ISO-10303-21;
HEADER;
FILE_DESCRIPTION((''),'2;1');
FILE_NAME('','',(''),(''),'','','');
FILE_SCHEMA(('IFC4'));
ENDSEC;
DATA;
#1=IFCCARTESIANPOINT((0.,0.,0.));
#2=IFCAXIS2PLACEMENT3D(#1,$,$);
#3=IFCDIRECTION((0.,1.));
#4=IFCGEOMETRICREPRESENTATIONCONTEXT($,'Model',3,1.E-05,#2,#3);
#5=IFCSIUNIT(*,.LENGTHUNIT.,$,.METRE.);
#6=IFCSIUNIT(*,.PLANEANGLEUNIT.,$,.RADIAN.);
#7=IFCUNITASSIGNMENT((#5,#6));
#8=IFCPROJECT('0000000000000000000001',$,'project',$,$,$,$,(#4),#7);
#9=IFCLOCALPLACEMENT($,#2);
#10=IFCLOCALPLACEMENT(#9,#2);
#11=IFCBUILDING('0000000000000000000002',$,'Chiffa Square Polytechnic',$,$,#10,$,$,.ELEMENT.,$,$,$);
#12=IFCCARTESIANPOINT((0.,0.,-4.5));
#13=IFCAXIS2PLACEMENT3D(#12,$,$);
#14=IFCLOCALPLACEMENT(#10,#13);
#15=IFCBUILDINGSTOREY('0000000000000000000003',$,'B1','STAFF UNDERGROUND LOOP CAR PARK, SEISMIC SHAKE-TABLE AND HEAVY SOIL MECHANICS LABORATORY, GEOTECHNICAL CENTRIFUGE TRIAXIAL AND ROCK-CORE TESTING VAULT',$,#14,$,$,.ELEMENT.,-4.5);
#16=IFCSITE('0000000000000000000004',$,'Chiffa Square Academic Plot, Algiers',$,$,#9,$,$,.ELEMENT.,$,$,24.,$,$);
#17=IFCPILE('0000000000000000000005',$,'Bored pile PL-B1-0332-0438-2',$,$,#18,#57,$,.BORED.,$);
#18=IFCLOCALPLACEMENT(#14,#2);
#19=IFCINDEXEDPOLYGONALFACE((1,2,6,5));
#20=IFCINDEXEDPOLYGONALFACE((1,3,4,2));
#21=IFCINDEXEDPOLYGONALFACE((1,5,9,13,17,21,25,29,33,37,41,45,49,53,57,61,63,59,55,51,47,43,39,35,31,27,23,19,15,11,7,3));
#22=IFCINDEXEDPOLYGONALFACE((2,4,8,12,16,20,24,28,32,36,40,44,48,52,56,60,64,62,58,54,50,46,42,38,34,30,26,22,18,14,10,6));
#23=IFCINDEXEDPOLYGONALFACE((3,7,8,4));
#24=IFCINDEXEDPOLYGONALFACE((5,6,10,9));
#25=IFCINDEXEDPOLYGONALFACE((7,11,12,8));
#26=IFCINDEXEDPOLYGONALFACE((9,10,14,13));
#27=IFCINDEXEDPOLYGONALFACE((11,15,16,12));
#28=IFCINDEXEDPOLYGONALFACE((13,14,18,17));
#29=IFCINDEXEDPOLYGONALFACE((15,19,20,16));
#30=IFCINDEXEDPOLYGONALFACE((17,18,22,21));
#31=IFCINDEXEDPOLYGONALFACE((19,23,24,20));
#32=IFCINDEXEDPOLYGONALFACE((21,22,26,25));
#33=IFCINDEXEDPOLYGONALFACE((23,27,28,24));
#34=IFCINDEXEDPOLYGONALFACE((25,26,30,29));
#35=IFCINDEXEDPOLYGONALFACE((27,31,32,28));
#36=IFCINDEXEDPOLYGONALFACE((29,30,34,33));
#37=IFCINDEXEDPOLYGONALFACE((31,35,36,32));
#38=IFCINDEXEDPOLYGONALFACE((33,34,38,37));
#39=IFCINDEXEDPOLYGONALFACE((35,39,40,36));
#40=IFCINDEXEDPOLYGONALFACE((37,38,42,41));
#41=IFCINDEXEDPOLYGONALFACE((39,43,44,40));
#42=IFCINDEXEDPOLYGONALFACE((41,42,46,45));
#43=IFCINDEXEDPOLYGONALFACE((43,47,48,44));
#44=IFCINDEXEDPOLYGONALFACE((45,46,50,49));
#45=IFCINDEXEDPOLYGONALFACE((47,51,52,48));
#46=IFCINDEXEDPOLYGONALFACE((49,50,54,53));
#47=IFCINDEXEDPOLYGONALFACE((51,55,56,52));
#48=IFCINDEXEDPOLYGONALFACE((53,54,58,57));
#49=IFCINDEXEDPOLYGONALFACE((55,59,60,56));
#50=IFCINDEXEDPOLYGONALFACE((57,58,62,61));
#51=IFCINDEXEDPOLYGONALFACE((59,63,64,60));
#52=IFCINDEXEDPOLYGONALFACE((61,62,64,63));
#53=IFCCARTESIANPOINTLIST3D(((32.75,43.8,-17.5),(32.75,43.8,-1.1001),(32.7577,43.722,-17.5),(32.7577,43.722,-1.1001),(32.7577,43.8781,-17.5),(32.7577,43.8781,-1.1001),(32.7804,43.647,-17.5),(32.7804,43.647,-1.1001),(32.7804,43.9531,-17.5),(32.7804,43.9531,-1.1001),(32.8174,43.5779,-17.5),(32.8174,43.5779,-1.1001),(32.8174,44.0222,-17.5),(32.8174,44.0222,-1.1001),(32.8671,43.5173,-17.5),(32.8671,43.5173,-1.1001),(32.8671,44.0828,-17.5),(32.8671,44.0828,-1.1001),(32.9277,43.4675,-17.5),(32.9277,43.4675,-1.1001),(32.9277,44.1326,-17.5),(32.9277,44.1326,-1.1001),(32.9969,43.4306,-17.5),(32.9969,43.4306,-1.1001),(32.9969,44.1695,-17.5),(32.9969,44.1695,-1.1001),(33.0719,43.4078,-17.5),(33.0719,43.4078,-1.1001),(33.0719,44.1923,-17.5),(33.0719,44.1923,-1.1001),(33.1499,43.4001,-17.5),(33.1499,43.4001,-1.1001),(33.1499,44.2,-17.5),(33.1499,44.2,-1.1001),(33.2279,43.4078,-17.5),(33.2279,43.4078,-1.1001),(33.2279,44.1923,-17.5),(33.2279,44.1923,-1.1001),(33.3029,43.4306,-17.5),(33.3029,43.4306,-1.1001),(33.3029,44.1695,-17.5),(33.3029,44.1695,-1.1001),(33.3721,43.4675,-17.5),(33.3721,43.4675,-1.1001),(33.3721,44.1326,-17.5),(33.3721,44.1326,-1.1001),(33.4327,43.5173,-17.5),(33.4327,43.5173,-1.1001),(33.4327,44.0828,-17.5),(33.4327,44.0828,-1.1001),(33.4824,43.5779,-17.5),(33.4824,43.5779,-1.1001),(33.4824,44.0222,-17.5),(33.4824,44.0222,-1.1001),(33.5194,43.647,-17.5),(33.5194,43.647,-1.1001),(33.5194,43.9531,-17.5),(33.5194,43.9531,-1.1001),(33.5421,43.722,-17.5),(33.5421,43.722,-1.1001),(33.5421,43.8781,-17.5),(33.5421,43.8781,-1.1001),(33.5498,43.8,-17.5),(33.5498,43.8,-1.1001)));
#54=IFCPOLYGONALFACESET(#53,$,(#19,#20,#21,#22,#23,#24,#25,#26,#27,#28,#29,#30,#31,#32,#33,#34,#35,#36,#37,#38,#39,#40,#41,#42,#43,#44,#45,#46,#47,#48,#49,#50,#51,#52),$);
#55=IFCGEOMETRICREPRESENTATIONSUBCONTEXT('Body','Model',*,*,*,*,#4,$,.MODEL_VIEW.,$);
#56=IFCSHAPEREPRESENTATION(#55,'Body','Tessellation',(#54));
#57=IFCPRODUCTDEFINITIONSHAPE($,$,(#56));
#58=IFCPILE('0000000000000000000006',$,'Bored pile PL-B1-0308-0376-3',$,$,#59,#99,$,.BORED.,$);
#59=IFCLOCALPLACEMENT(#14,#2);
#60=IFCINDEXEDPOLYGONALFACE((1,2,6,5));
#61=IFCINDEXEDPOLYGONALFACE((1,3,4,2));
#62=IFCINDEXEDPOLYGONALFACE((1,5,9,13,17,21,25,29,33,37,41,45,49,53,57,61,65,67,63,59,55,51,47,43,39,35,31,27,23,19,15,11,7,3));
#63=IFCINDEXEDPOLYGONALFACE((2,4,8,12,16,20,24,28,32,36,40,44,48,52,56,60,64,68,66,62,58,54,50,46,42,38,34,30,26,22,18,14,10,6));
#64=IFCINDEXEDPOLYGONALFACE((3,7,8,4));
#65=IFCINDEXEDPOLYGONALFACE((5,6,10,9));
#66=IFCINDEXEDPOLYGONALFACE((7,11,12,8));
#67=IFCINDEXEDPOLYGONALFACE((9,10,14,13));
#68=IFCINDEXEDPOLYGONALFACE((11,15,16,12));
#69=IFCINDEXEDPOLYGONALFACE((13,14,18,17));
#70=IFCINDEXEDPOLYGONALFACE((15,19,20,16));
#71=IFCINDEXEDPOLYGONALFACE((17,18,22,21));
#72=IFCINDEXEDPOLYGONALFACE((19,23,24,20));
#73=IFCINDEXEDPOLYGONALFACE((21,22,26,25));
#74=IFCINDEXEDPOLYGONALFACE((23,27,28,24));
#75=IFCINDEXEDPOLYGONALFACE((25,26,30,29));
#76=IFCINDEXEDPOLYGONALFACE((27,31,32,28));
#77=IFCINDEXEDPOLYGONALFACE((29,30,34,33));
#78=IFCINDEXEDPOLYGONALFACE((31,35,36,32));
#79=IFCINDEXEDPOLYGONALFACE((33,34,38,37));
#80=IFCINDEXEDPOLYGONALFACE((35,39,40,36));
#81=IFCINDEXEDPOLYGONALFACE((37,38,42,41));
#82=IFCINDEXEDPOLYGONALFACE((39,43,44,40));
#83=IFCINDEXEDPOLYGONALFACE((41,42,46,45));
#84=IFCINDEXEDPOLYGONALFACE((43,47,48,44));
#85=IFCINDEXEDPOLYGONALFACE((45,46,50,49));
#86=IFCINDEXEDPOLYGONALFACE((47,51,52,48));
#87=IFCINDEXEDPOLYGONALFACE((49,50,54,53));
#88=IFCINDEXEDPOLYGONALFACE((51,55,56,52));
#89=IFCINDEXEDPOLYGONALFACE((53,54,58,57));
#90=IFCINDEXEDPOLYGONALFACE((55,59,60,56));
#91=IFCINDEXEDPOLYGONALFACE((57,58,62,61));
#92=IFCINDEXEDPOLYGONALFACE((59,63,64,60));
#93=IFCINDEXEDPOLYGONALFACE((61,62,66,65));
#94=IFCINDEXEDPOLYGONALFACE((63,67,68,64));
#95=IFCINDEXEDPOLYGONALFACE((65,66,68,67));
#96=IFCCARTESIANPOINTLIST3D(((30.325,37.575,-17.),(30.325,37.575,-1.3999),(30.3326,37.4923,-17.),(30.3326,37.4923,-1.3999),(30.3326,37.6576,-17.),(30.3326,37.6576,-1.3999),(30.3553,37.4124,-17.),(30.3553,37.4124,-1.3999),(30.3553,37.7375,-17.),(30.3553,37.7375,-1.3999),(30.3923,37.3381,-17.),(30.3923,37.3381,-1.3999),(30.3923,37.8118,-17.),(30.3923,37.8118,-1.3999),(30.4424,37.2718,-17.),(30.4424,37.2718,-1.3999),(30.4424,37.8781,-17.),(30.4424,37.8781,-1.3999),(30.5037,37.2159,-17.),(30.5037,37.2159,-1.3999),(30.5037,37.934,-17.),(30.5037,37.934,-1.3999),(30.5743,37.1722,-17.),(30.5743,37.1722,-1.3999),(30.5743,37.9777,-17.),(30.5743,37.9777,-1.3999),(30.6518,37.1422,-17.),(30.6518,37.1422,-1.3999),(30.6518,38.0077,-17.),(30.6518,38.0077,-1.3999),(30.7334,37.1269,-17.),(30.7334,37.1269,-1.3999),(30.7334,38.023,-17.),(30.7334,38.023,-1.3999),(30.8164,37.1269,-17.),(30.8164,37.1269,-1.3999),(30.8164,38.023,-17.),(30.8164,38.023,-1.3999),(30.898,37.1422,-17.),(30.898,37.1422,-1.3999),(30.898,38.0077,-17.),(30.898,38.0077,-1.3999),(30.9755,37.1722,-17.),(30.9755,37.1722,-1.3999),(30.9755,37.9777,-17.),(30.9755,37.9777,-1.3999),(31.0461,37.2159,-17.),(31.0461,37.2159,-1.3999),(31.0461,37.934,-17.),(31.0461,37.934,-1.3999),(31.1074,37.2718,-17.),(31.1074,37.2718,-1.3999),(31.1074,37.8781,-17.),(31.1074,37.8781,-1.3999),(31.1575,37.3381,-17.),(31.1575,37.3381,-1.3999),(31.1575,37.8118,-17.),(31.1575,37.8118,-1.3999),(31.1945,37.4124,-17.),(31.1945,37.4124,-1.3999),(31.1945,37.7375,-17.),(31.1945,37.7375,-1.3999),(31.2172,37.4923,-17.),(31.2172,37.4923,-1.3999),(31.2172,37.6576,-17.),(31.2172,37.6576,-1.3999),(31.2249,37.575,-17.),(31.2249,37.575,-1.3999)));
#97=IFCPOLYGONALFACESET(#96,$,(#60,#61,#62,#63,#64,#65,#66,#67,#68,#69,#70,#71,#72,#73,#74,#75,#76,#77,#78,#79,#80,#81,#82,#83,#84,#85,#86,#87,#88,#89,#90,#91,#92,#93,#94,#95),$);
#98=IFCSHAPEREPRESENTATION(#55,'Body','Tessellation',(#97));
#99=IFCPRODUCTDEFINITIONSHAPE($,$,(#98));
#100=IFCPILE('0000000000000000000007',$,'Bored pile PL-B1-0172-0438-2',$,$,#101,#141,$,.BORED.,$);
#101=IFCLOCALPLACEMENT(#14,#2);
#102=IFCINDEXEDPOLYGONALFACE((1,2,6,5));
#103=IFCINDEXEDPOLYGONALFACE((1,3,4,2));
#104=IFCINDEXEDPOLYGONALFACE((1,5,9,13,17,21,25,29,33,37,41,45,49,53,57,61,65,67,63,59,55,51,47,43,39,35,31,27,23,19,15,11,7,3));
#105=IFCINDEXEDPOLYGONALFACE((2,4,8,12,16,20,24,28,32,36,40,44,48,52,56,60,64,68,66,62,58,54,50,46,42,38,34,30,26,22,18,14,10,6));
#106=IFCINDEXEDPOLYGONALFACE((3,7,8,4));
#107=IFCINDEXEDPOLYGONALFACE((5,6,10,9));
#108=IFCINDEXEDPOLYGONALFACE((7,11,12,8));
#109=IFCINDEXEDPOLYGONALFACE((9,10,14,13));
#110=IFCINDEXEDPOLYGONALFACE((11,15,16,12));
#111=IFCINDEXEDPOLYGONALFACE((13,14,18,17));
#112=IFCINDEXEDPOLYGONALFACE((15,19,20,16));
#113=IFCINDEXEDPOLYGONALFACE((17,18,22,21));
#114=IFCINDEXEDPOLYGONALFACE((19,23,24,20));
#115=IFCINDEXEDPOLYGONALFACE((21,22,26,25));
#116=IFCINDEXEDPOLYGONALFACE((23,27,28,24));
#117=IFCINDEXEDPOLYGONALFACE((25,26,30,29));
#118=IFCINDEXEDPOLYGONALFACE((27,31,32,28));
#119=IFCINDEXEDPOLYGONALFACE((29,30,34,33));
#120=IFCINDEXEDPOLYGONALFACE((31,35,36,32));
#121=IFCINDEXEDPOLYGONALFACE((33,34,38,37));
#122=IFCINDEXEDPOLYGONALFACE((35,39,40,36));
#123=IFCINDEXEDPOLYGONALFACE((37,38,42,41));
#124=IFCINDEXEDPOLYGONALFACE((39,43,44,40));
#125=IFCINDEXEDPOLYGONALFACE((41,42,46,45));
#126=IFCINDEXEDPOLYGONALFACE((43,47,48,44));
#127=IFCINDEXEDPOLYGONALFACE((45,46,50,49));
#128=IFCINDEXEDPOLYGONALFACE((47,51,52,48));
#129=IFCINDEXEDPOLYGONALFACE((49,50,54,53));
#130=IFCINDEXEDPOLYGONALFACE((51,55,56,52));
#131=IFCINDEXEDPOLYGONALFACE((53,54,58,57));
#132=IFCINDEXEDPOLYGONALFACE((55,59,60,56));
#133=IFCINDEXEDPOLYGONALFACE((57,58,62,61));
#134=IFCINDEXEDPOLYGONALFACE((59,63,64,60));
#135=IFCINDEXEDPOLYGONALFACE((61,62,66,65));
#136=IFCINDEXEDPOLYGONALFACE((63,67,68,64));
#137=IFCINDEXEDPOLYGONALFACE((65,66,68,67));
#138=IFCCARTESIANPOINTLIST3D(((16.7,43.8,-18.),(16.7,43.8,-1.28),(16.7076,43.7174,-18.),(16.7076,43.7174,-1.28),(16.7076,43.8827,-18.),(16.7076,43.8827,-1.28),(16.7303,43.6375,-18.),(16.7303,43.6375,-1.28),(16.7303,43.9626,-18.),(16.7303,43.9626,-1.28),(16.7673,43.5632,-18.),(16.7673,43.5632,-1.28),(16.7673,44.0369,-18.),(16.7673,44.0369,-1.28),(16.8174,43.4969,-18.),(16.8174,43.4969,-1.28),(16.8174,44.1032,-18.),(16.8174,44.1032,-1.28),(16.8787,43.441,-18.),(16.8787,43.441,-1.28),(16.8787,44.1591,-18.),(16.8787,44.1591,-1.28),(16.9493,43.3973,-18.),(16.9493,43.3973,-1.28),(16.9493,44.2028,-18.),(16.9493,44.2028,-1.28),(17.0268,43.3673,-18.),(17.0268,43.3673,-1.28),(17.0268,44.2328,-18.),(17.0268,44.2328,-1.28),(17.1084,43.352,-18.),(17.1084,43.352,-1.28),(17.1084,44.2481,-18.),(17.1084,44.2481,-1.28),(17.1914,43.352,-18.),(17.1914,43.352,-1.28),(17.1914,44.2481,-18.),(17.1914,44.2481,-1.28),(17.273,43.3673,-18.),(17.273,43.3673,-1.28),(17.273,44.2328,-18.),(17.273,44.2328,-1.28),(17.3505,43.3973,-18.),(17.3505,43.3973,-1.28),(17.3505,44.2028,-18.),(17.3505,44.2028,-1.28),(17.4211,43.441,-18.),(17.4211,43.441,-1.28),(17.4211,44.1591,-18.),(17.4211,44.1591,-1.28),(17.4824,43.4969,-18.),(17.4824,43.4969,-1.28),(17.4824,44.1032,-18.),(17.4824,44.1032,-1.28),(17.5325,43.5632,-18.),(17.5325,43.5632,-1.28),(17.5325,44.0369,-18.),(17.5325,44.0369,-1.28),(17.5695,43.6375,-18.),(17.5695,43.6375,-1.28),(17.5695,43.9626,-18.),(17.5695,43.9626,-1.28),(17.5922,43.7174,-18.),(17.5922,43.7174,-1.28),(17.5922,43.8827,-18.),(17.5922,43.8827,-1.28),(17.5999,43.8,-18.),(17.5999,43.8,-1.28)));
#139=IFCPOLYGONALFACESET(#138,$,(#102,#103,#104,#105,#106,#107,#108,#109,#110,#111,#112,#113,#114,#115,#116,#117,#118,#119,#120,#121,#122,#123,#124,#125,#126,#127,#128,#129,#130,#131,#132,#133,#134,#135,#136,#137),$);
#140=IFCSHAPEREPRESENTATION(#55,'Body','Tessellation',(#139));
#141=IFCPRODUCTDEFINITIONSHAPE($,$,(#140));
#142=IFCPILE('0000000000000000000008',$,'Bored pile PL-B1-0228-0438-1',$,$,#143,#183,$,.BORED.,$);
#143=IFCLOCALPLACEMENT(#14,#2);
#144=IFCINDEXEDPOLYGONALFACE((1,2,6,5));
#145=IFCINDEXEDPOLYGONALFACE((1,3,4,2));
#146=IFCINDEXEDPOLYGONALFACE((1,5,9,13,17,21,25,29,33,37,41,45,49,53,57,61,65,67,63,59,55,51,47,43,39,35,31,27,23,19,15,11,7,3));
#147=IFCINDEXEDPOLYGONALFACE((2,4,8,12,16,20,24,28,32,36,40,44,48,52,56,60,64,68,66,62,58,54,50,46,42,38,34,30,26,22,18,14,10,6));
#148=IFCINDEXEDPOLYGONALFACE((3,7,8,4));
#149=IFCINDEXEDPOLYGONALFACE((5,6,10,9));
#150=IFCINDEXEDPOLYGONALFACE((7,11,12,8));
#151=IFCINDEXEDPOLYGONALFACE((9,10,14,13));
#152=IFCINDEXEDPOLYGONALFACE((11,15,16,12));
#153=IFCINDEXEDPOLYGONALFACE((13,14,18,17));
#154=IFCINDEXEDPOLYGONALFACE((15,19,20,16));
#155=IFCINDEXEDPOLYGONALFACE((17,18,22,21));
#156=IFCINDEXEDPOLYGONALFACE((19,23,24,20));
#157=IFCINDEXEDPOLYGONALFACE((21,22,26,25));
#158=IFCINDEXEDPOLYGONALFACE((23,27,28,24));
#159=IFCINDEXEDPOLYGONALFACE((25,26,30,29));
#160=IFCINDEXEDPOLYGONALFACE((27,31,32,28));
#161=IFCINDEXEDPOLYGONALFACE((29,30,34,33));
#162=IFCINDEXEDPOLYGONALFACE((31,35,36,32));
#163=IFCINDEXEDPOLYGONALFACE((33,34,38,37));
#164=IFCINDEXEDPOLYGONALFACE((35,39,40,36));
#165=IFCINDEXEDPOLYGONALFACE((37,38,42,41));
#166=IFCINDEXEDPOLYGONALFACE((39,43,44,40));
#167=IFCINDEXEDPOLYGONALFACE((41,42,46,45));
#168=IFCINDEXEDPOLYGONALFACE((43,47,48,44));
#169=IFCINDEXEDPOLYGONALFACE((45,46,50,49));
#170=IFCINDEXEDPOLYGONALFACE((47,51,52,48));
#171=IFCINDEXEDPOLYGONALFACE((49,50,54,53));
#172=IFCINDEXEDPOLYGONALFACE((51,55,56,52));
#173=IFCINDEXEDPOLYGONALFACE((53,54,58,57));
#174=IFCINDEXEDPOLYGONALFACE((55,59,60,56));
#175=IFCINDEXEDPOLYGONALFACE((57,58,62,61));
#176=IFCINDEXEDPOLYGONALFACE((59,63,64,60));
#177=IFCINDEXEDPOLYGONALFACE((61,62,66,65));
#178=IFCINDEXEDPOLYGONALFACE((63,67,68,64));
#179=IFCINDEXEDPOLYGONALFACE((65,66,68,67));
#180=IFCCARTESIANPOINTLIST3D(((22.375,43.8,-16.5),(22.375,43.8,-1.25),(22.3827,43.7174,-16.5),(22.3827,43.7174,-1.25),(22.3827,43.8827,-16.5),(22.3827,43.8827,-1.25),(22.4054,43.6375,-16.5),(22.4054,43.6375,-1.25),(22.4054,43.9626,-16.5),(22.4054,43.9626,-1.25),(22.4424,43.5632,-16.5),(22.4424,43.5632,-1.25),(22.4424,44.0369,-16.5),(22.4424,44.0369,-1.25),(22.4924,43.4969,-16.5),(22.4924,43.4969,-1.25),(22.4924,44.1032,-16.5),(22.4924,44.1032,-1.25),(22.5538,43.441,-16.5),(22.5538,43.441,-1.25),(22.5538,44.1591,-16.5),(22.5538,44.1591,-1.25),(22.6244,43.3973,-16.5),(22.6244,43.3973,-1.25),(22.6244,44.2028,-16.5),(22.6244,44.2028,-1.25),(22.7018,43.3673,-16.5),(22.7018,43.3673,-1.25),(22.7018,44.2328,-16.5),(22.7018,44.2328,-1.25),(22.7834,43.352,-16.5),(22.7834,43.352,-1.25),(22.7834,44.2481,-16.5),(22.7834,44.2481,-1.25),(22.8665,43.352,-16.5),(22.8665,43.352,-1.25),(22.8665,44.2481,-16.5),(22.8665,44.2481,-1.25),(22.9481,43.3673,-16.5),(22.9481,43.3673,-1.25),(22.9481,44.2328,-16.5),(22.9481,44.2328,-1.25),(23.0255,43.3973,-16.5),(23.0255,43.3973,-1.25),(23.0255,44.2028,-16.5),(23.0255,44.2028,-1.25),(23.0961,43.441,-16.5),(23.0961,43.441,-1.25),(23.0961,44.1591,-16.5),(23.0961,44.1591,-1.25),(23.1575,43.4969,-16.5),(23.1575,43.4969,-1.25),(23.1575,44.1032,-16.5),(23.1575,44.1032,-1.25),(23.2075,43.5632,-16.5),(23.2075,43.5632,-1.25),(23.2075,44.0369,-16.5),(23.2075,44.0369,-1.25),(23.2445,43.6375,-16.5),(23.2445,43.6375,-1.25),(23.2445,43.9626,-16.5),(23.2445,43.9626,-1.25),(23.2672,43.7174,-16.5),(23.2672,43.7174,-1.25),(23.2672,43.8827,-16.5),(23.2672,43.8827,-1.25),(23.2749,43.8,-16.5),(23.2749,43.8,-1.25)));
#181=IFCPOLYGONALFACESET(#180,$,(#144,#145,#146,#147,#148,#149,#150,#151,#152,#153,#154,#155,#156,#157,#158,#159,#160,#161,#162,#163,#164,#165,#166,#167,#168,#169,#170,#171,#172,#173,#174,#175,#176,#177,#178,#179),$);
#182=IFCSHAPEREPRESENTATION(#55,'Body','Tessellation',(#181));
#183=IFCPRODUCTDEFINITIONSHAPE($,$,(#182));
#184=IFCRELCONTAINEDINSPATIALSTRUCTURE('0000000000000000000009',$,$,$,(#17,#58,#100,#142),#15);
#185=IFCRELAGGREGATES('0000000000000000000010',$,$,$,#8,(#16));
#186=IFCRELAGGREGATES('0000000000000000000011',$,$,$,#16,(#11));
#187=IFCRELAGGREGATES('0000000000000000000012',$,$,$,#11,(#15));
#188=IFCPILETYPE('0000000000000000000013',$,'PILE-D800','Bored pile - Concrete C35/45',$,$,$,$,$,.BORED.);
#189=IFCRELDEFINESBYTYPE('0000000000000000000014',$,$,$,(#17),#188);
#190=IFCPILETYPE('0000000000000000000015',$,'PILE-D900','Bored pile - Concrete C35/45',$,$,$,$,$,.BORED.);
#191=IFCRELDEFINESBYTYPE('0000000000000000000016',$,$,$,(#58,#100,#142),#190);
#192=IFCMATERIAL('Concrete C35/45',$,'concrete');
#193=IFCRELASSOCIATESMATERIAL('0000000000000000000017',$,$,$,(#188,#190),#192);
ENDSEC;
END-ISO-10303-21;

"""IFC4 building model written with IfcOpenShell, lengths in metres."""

from ifc_helpers import new_model, si_unit, direction, frame, origin, origin_2d, place, context, subcontext, project, spatial, circle, extrude, material, material_profile, profile_set, type_object, element, save


model = new_model("IFC4")

# Units and contexts
model_context = context("Model", 3, precision=1e-05, world=origin(), true_north=direction((0.0, 1.0)))
body_context = subcontext(model_context, "Body", "Model", "MODEL_VIEW")
ifc_project = project(units=[si_unit("LENGTHUNIT", "METRE"), si_unit("PLANEANGLEUNIT", "RADIAN")], contexts=[model_context])

# Site, building, storey
site_placement = place(None, origin())
site = spatial("IfcSite", under=ifc_project, at=site_placement, Name="Chiffa Square Academic Plot, Algiers", CompositionType="ELEMENT", RefElevation=24.0)
building_placement = place(site_placement, origin())
building = spatial("IfcBuilding", under=site, at=building_placement, Name="Chiffa Square Polytechnic", CompositionType="ELEMENT")
storey_placement = place(building_placement, frame((0.0, 0.0, -4.5)))
storey = spatial("IfcBuildingStorey", under=building, at=storey_placement, Name="B1", Description="STAFF UNDERGROUND LOOP CAR PARK, SEISMIC SHAKE-TABLE AND HEAVY SOIL MECHANICS LABORATORY, GEOTECHNICAL CENTRIFUGE TRIAXIAL AND ROCK-CORE TESTING VAULT", CompositionType="ELEMENT", Elevation=-4.5)

# Shared definitions
ifc_material_1 = material(Name="Concrete C35/45", Category="concrete")

# Piles
ifc_material_profile_1 = material_profile(ifc_material_1, circle(Radius=0.3999, at=origin_2d()), Name="PILE D800")
ifc_profile_set_1 = profile_set([ifc_material_profile_1], Name="Concrete C35/45")
pile_type_1 = type_object("IfcPileType", Name="PILE-D800", Description="Bored pile - Concrete C35/45", PredefinedType="BORED", material=ifc_profile_set_1)
for number, where, z_axis, x_axis, name in (
    (1, (33.1499, 43.8, -1.1001), (0.0, 0.0, -1.0), (1.0, 0.0, 0.0), "Bored pile PL-B1-0332-0438-2"),
):
    element("IfcPile", number, at=place(storey_placement, frame(where, z_axis=z_axis, x_axis=x_axis)), inside=storey, type_object=pile_type_1, Name=name, PredefinedType="BORED", context=body_context, shape_type="SweptSolid", body=[
        extrude(circle(Radius=0.3999, at=origin_2d()), origin(), (0.0, 0.0, 1.0), 16.3999),
    ])
ifc_material_profile_2 = material_profile(ifc_material_1, circle(Radius=0.45, at=origin_2d()), Name="PILE D900")
ifc_profile_set_2 = profile_set([ifc_material_profile_2], Name="Concrete C35/45")
pile_type_2 = type_object("IfcPileType", Name="PILE-D900", Description="Bored pile - Concrete C35/45", PredefinedType="BORED", material=ifc_profile_set_2)
pile_1_placement = place(storey_placement, frame((30.7749, 37.575, -1.3999), z_axis=(0.0, 0.0, -1.0), x_axis=(1.0, 0.0, 0.0)))
element("IfcPile", 2, at=pile_1_placement, inside=storey, type_object=pile_type_2, Name="Bored pile PL-B1-0308-0376-3", PredefinedType="BORED", context=body_context, shape_type="SweptSolid", body=[
    extrude(circle(Radius=0.45, at=origin_2d()), origin(), (0.0, 0.0, 1.0), 15.6001),
])
pile_2_placement = place(storey_placement, frame((17.1499, 43.8, -1.28), z_axis=(0.0, 0.0, -1.0), x_axis=(1.0, 0.0, 0.0)))
element("IfcPile", 3, at=pile_2_placement, inside=storey, type_object=pile_type_2, Name="Bored pile PL-B1-0172-0438-2", PredefinedType="BORED", context=body_context, shape_type="SweptSolid", body=[
    extrude(circle(Radius=0.45, at=origin_2d()), origin(), (0.0, 0.0, 1.0), 16.72),
])
for number, where, z_axis, x_axis, name in (
    (4, (22.825, 43.8, -1.25), (0.0, 0.0, -1.0), (1.0, 0.0, 0.0), "Bored pile PL-B1-0228-0438-1"),
):
    element("IfcPile", number, at=place(storey_placement, frame(where, z_axis=z_axis, x_axis=x_axis)), inside=storey, type_object=pile_type_2, Name=name, PredefinedType="BORED", context=body_context, shape_type="SweptSolid", body=[
        extrude(circle(Radius=0.45, at=origin_2d()), origin(), (0.0, 0.0, 1.0), 15.25),
    ])

save(model, "model.ifc")
